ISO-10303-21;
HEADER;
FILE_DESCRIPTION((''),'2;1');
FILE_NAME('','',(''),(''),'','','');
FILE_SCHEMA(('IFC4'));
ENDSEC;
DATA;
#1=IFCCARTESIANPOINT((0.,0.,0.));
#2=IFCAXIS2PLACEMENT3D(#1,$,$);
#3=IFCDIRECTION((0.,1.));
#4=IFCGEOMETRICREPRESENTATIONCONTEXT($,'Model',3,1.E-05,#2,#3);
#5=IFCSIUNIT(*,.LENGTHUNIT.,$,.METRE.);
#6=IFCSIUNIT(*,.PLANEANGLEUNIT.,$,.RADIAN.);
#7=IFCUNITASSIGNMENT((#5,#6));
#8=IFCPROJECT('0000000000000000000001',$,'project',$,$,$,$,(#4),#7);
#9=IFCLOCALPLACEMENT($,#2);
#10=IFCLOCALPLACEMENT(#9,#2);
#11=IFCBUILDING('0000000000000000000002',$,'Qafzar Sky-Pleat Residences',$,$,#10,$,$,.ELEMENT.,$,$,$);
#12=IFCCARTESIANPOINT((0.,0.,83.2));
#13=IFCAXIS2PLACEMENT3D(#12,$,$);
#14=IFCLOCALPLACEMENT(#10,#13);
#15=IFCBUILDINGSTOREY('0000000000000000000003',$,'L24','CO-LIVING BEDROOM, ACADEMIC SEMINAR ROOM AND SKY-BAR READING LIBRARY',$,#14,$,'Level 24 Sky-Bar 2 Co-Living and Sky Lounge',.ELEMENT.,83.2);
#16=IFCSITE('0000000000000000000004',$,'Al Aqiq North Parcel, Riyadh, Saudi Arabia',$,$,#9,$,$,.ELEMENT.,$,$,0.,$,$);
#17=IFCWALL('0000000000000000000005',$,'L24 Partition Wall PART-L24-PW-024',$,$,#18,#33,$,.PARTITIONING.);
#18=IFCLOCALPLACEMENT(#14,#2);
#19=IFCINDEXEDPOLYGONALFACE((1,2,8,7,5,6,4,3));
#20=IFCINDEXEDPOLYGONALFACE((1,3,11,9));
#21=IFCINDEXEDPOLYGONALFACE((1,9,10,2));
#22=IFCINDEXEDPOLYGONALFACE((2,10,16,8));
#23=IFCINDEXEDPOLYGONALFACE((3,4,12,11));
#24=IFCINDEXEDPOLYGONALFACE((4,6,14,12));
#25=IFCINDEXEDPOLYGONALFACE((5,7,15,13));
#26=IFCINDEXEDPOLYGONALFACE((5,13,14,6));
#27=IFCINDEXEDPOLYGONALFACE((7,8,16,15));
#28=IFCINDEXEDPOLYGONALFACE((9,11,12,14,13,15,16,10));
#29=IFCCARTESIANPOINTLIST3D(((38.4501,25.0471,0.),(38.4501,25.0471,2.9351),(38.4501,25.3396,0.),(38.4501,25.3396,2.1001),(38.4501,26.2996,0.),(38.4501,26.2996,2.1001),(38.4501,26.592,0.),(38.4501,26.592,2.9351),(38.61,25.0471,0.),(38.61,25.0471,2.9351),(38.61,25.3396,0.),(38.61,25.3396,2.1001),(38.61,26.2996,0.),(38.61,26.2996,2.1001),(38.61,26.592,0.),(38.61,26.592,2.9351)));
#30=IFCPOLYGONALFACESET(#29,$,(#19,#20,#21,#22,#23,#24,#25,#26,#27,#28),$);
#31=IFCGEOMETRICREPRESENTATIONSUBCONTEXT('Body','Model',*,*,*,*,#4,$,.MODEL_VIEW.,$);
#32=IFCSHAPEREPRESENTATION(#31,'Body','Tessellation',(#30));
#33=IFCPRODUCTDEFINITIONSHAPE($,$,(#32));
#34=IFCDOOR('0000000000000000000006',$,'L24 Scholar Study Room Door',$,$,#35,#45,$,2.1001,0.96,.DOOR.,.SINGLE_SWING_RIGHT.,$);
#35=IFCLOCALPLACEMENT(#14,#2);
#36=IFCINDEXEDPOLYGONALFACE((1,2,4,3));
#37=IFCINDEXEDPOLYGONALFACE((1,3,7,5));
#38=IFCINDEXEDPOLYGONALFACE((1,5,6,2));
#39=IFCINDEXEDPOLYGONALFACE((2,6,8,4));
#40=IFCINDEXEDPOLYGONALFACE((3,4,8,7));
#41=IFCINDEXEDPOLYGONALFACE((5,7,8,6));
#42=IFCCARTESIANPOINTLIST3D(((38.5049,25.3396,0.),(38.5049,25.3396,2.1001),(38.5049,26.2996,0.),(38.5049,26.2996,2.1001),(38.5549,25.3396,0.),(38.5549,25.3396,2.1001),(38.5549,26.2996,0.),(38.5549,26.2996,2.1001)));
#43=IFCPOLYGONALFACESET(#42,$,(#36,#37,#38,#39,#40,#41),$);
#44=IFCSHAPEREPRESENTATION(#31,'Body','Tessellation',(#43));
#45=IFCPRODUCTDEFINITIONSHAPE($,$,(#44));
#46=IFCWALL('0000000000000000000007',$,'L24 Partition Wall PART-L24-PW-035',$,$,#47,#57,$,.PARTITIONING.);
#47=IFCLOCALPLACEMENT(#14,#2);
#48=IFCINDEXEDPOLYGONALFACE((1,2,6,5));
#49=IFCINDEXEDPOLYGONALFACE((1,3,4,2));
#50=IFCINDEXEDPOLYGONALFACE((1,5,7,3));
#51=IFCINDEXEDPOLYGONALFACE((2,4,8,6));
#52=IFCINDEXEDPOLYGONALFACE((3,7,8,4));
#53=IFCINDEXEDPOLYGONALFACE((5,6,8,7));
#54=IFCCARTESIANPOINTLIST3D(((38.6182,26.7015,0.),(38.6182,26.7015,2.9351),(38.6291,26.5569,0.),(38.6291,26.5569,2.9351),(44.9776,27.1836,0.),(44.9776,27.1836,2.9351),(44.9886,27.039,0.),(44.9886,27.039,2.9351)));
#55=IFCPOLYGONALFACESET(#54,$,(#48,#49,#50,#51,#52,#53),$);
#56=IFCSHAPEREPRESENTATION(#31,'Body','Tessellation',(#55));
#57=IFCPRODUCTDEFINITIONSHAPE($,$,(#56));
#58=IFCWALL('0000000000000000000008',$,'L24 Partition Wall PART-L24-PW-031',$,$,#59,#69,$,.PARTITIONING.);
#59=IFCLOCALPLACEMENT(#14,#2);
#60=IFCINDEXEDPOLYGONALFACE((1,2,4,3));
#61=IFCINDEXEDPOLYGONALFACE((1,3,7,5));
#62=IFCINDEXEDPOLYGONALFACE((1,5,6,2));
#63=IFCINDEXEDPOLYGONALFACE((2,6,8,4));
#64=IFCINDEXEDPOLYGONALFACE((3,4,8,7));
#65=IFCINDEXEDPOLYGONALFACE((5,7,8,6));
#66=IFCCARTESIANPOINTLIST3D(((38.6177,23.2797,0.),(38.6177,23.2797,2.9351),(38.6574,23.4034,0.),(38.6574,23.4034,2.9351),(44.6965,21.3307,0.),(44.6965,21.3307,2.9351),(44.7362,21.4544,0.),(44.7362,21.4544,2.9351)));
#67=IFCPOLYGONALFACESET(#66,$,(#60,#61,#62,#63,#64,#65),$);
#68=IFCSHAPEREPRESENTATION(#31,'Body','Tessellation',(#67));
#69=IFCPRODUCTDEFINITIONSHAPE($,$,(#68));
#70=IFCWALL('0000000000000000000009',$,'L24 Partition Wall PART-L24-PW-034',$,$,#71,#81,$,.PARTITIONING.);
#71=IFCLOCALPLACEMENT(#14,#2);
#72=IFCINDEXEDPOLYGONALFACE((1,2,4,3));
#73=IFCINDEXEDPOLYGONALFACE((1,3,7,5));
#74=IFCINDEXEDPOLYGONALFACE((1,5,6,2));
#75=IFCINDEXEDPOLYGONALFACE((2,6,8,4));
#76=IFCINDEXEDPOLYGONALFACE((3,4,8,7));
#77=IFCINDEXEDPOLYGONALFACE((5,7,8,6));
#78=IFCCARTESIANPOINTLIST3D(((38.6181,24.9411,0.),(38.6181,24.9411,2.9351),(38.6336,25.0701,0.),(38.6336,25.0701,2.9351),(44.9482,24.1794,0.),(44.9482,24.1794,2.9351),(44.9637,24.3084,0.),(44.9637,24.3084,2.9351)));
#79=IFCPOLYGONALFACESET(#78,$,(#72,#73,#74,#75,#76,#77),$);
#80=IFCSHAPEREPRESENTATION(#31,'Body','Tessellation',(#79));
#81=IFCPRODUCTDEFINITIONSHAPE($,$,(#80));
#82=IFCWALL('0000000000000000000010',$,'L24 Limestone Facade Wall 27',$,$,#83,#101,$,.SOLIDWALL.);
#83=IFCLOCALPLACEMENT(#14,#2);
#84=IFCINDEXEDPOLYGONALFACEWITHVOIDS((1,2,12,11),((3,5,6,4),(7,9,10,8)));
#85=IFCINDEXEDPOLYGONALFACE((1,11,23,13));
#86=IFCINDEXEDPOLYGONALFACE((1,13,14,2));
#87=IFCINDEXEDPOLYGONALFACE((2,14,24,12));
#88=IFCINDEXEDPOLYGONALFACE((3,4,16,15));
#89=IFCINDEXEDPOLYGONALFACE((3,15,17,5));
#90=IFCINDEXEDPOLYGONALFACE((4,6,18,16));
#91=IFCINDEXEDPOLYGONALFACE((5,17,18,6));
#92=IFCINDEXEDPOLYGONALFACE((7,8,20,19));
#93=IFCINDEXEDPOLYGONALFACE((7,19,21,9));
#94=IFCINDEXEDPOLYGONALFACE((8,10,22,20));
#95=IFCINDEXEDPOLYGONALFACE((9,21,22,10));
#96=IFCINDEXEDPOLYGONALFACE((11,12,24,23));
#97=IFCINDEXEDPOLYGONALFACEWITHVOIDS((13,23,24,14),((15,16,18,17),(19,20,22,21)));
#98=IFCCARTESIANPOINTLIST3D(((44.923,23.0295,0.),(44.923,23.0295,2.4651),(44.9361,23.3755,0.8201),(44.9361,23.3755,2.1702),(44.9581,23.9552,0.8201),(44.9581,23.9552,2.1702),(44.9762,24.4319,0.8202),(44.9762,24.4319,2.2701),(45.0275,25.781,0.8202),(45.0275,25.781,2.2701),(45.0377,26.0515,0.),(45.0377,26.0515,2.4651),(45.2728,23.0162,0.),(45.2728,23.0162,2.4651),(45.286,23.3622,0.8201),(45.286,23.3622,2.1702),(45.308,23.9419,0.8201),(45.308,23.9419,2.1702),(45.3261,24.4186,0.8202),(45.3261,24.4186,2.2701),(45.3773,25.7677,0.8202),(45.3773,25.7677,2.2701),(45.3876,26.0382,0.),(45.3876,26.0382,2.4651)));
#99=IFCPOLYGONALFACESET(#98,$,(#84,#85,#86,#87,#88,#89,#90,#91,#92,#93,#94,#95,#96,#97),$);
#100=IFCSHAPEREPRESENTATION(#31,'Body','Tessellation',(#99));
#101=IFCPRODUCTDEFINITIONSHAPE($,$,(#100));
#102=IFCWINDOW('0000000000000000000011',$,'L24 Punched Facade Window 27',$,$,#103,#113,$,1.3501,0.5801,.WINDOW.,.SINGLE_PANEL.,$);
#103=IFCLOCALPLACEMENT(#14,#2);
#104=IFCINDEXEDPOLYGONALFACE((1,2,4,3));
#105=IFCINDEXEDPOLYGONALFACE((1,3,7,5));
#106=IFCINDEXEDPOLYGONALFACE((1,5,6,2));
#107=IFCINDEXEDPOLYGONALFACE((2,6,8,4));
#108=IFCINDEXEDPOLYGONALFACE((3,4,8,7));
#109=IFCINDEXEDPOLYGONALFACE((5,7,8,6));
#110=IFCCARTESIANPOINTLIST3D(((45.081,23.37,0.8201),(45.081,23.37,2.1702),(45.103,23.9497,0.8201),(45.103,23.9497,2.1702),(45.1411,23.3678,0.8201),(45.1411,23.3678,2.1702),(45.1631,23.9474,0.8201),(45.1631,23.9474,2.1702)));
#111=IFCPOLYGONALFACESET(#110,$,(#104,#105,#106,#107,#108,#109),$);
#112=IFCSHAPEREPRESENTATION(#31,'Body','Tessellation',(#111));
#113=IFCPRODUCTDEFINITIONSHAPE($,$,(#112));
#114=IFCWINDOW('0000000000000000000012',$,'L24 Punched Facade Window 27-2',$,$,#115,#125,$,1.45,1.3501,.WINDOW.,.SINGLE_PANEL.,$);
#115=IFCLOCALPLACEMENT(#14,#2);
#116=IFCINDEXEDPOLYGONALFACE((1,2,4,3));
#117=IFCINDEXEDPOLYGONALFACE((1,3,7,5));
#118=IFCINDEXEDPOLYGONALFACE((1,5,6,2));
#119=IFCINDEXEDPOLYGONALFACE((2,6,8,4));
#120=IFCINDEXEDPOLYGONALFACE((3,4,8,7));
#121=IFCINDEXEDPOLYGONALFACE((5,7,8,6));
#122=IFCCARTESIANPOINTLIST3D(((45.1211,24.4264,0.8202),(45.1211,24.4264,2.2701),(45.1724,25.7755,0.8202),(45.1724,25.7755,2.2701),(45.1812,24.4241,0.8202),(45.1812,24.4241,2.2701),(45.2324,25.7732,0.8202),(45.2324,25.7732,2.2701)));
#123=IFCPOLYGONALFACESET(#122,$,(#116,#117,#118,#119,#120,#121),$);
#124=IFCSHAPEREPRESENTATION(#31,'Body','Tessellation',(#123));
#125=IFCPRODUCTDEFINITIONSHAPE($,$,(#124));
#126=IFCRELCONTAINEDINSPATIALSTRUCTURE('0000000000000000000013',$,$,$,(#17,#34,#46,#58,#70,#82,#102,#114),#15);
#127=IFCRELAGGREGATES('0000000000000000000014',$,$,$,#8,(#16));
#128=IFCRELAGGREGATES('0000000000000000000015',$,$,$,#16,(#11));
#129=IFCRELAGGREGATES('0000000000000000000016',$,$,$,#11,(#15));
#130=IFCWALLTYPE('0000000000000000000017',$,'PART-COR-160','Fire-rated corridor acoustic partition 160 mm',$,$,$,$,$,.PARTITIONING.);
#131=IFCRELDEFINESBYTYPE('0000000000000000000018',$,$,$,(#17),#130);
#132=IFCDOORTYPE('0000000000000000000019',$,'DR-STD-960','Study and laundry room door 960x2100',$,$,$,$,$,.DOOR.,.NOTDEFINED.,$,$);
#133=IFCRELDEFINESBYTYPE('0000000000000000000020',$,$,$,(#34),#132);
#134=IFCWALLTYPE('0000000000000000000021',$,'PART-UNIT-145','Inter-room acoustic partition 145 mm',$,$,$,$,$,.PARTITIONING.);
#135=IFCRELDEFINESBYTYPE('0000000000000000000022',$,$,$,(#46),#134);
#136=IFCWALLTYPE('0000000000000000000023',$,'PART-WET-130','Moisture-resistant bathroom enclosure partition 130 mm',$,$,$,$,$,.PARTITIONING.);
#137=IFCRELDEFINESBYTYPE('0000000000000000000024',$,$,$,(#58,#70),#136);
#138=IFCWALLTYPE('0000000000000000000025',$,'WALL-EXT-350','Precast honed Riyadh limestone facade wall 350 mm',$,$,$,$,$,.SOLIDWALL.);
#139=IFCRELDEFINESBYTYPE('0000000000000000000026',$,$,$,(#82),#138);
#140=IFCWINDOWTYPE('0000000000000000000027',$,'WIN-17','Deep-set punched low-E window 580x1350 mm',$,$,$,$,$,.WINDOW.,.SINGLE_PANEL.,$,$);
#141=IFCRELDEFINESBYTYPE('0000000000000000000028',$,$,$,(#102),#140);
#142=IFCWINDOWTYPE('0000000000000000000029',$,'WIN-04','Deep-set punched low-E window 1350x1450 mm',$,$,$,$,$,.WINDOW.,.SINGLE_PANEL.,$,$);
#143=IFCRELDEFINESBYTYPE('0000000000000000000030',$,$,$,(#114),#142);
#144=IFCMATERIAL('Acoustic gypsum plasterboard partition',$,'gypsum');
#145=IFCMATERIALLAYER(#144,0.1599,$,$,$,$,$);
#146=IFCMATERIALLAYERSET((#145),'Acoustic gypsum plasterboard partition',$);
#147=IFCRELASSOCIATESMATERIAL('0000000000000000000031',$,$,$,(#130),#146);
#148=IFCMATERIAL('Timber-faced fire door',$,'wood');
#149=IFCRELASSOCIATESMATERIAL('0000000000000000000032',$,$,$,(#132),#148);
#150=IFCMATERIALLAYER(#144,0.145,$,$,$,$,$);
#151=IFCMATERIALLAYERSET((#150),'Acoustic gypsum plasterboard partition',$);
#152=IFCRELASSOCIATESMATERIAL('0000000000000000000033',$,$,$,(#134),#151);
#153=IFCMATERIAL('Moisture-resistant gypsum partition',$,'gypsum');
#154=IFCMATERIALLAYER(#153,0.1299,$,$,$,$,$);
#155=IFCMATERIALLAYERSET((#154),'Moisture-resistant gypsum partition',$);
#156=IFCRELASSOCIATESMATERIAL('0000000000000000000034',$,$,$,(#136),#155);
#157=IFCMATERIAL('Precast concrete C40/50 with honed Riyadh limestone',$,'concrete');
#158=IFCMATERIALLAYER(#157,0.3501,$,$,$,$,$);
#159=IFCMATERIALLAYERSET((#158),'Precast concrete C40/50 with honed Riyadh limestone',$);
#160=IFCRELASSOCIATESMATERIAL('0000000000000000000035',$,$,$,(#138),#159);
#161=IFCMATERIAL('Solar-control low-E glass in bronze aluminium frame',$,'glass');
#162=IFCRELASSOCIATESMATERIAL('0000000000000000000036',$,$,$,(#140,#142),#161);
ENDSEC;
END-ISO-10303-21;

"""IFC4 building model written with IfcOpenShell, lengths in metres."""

from ifc_helpers import new_model, si_unit, direction, frame, frame_2d, origin, place, context, subcontext, project, spatial, rectangle, extrude, source, transform, mapped, material, layer, layer_set, type_object, element, fill, save


model = new_model("IFC4")

# Units and contexts
model_context = context("Model", 3, precision=1e-05, world=origin(), true_north=direction((0.0, 1.0)))
body_context = subcontext(model_context, "Body", "Model", "MODEL_VIEW")
ifc_project = project(units=[si_unit("LENGTHUNIT", "METRE"), si_unit("PLANEANGLEUNIT", "RADIAN")], contexts=[model_context])

# Site, building, storey
site_placement = place(None, origin())
site = spatial("IfcSite", under=ifc_project, at=site_placement, Name="Al Aqiq North Parcel, Riyadh, Saudi Arabia", CompositionType="ELEMENT", RefElevation=0.0)
building_placement = place(site_placement, origin())
building = spatial("IfcBuilding", under=site, at=building_placement, Name="Qafzar Sky-Pleat Residences", CompositionType="ELEMENT")
storey_placement = place(building_placement, frame((0.0, 0.0, 83.2)))
storey = spatial("IfcBuildingStorey", under=building, at=storey_placement, Name="L24", Description="CO-LIVING BEDROOM, ACADEMIC SEMINAR ROOM AND SKY-BAR READING LIBRARY", LongName="Level 24 Sky-Bar 2 Co-Living and Sky Lounge", CompositionType="ELEMENT", Elevation=83.2)

# Wall, opening, door
ifc_material_1 = material(Name="Acoustic gypsum plasterboard partition", Category="gypsum")
ifc_layer_1 = layer(ifc_material_1, 0.1599)
ifc_layer_set_1 = layer_set([ifc_layer_1], Name="Acoustic gypsum plasterboard partition")
wall_type_1 = type_object("IfcWallType", Name="PART-COR-160", Description="Fire-rated corridor acoustic partition 160 mm", PredefinedType="PARTITIONING", material=ifc_layer_set_1)
ifc_material_2 = material(Name="Timber-faced fire door", Category="wood")
door_type_1 = type_object("IfcDoorType", Name="DR-STD-960", Description="Study and laundry room door 960x2100", OperationType="NOTDEFINED", PredefinedType="DOOR", material=ifc_material_2)
shared_shape_1 = source(origin(), body_context, "Body", "SweptSolid", [
    extrude(rectangle(XDim=0.96, YDim=2.1001, at=frame_2d((0.48, 1.05))), frame((0.0, 0.0249, 0.0), z_axis=(0.0, -1.0, 0.0), x_axis=(1.0, 0.0, 0.0)), (0.0, 0.0, 1.0), 0.05),
])
wall_1_placement = place(storey_placement, frame((38.53, 26.592, 0.0), z_axis=(0.0, 0.0, 1.0), x_axis=(0.0, -1.0, 0.0)))
wall_1 = element("IfcWall", 1, at=wall_1_placement, inside=storey, type_object=wall_type_1, Name="L24 Partition Wall PART-L24-PW-024", PredefinedType="PARTITIONING", context=body_context, shape_type="SweptSolid", body=[
    extrude(rectangle(XDim=1.5449, YDim=0.1599, at=frame_2d((0.7725, 0.0))), origin(), (0.0, 0.0, 1.0), 2.9351),
])
opening_1_placement = place(wall_1_placement, frame((0.2925, 0.0, 0.0)))
opening_1 = element("IfcOpeningElement", 2, at=opening_1_placement, cuts=wall_1, PredefinedType="OPENING", context=body_context, shape_type="SweptSolid", body=[
    extrude(rectangle(XDim=0.96, YDim=2.1001, at=frame_2d((0.48, 1.05))), frame((0.0, 0.0898, 0.0), z_axis=(0.0, -1.0, 0.0), x_axis=(1.0, 0.0, 0.0)), (0.0, 0.0, 1.0), 0.1799),
])
door_1_placement = place(opening_1_placement, origin())
door_1 = element("IfcDoor", 3, at=door_1_placement, inside=storey, type_object=door_type_1, Name="L24 Scholar Study Room Door", OperationType="SINGLE_SWING_RIGHT", OverallHeight=2.1001, OverallWidth=0.96, PredefinedType="DOOR", context=body_context, shape_type="MappedRepresentation", body=[
    mapped(shared_shape_1, transform((0.0, 0.0, 0.0), x_axis=(1.0, 0.0, 0.0), y_axis=(0.0, 1.0, 0.0), z_axis=(0.0, 0.0, 1.0), scale=1.0)),
])
fill(opening_1, door_1)

# Walls
ifc_layer_2 = layer(ifc_material_1, 0.145)
ifc_layer_set_2 = layer_set([ifc_layer_2], Name="Acoustic gypsum plasterboard partition")
wall_type_2 = type_object("IfcWallType", Name="PART-UNIT-145", Description="Inter-room acoustic partition 145 mm", PredefinedType="PARTITIONING", material=ifc_layer_set_2)
wall_2_placement = place(storey_placement, frame((38.6235, 26.6292, 0.0), z_axis=(0.0, 0.0, 1.0), x_axis=(0.997138, 0.075605, 0.0)))
element("IfcWall", 4, at=wall_2_placement, inside=storey, type_object=wall_type_2, Name="L24 Partition Wall PART-L24-PW-035", PredefinedType="PARTITIONING", context=body_context, shape_type="SweptSolid", body=[
    extrude(rectangle(XDim=6.3777, YDim=0.145, at=frame_2d((3.189, 0.0))), origin(), (0.0, 0.0, 1.0), 2.9351),
])
ifc_material_3 = material(Name="Moisture-resistant gypsum partition", Category="gypsum")
ifc_layer_3 = layer(ifc_material_3, 0.1299)
ifc_layer_set_3 = layer_set([ifc_layer_3], Name="Moisture-resistant gypsum partition")
wall_type_3 = type_object("IfcWallType", Name="PART-WET-130", Description="Moisture-resistant bathroom enclosure partition 130 mm", PredefinedType="PARTITIONING", material=ifc_layer_set_3)
wall_3_placement = place(storey_placement, frame((38.6375, 23.3416, 0.0), z_axis=(0.0, 0.0, 1.0), x_axis=(0.952254, -0.305307, 0.0)))
element("IfcWall", 5, at=wall_3_placement, inside=storey, type_object=wall_type_3, Name="L24 Partition Wall PART-L24-PW-031", PredefinedType="PARTITIONING", context=body_context, shape_type="SweptSolid", body=[
    extrude(rectangle(XDim=6.3835, YDim=0.1299, at=frame_2d((3.1919, 0.0))), origin(), (0.0, 0.0, 1.0), 2.9351),
])
wall_4_placement = place(storey_placement, frame((38.6257, 25.0056, 0.0), z_axis=(0.0, 0.0, 1.0), x_axis=(0.992838, -0.119471, 0.0)))
element("IfcWall", 6, at=wall_4_placement, inside=storey, type_object=wall_type_3, Name="L24 Partition Wall PART-L24-PW-034", PredefinedType="PARTITIONING", context=body_context, shape_type="SweptSolid", body=[
    extrude(rectangle(XDim=6.3757, YDim=0.1299, at=frame_2d((3.188, 0.0))), origin(), (0.0, 0.0, 1.0), 2.9351),
])

# Wall, openings, windows
ifc_material_4 = material(Name="Precast concrete C40/50 with honed Riyadh limestone", Category="concrete")
ifc_layer_4 = layer(ifc_material_4, 0.3501)
ifc_layer_set_4 = layer_set([ifc_layer_4], Name="Precast concrete C40/50 with honed Riyadh limestone")
wall_type_4 = type_object("IfcWallType", Name="WALL-EXT-350", Description="Precast honed Riyadh limestone facade wall 350 mm", PredefinedType="SOLIDWALL", material=ifc_layer_set_4)
wall_5_placement = place(storey_placement, frame((45.0979, 23.0227, 0.0), z_axis=(0.0, 0.0, 1.0), x_axis=(0.037943, 0.99928, 0.0)))
wall_5 = element("IfcWall", 7, at=wall_5_placement, inside=storey, type_object=wall_type_4, Name="L24 Limestone Facade Wall 27", PredefinedType="SOLIDWALL", context=body_context, shape_type="SweptSolid", body=[
    extrude(rectangle(XDim=3.0242, YDim=0.3501, at=frame_2d((1.5122, 0.0))), origin(), (0.0, 0.0, 1.0), 2.4651),
])
opening_2_placement = place(wall_5_placement, frame((0.3464, 0.0, 0.8201)))
opening_2 = element("IfcOpeningElement", 8, at=opening_2_placement, cuts=wall_5, PredefinedType="OPENING", context=body_context, shape_type="SweptSolid", body=[
    extrude(rectangle(XDim=0.5801, YDim=1.3501, at=frame_2d((0.29, 0.675))), frame((0.0, 0.1851, 0.0), z_axis=(0.0, -1.0, 0.0), x_axis=(1.0, 0.0, 0.0)), (0.0, 0.0, 1.0), 0.3701),
])
opening_3_placement = place(wall_5_placement, frame((1.4036, 0.0, 0.8201)))
opening_3 = element("IfcOpeningElement", 9, at=opening_3_placement, cuts=wall_5, PredefinedType="OPENING", context=body_context, shape_type="SweptSolid", body=[
    extrude(rectangle(XDim=1.3501, YDim=1.45, at=frame_2d((0.675, 0.7251))), frame((0.0, 0.1851, 0.0), z_axis=(0.0, -1.0, 0.0), x_axis=(1.0, 0.0, 0.0)), (0.0, 0.0, 1.0), 0.3701),
])
ifc_material_5 = material(Name="Solar-control low-E glass in bronze aluminium frame", Category="glass")
window_type_1 = type_object("IfcWindowType", Name="WIN-17", Description="Deep-set punched low-E window 580x1350 mm", PartitioningType="SINGLE_PANEL", PredefinedType="WINDOW", material=ifc_material_5)
shared_shape_2 = source(origin(), body_context, "Body", "SweptSolid", [
    extrude(rectangle(XDim=0.5801, YDim=1.3501, at=frame_2d((0.29, 0.675))), frame((0.0, 0.03, 0.0), z_axis=(0.0, -1.0, 0.0), x_axis=(1.0, 0.0, 0.0)), (0.0, 0.0, 1.0), 0.0601),
])
window_1_placement = place(opening_2_placement, origin())
window_1 = element("IfcWindow", 10, at=window_1_placement, inside=storey, type_object=window_type_1, Name="L24 Punched Facade Window 27", OverallHeight=1.3501, OverallWidth=0.5801, PartitioningType="SINGLE_PANEL", PredefinedType="WINDOW", context=body_context, shape_type="MappedRepresentation", body=[
    mapped(shared_shape_2, transform((0.0, 0.0, 0.0), x_axis=(1.0, 0.0, 0.0), y_axis=(0.0, 1.0, 0.0), z_axis=(0.0, 0.0, 1.0), scale=1.0)),
])
fill(opening_2, window_1)
window_type_2 = type_object("IfcWindowType", Name="WIN-04", Description="Deep-set punched low-E window 1350x1450 mm", PartitioningType="SINGLE_PANEL", PredefinedType="WINDOW", material=ifc_material_5)
shared_shape_3 = source(origin(), body_context, "Body", "SweptSolid", [
    extrude(rectangle(XDim=1.3501, YDim=1.45, at=frame_2d((0.675, 0.7251))), frame((0.0, 0.03, 0.0), z_axis=(0.0, -1.0, 0.0), x_axis=(1.0, 0.0, 0.0)), (0.0, 0.0, 1.0), 0.0601),
])
window_2_placement = place(opening_3_placement, origin())
window_2 = element("IfcWindow", 11, at=window_2_placement, inside=storey, type_object=window_type_2, Name="L24 Punched Facade Window 27-2", OverallHeight=1.45, OverallWidth=1.3501, PartitioningType="SINGLE_PANEL", PredefinedType="WINDOW", context=body_context, shape_type="MappedRepresentation", body=[
    mapped(shared_shape_3, transform((0.0, 0.0, 0.0), x_axis=(1.0, 0.0, 0.0), y_axis=(0.0, 1.0, 0.0), z_axis=(0.0, 0.0, 1.0), scale=1.0)),
])
fill(opening_3, window_2)

save(model, "model.ifc")
